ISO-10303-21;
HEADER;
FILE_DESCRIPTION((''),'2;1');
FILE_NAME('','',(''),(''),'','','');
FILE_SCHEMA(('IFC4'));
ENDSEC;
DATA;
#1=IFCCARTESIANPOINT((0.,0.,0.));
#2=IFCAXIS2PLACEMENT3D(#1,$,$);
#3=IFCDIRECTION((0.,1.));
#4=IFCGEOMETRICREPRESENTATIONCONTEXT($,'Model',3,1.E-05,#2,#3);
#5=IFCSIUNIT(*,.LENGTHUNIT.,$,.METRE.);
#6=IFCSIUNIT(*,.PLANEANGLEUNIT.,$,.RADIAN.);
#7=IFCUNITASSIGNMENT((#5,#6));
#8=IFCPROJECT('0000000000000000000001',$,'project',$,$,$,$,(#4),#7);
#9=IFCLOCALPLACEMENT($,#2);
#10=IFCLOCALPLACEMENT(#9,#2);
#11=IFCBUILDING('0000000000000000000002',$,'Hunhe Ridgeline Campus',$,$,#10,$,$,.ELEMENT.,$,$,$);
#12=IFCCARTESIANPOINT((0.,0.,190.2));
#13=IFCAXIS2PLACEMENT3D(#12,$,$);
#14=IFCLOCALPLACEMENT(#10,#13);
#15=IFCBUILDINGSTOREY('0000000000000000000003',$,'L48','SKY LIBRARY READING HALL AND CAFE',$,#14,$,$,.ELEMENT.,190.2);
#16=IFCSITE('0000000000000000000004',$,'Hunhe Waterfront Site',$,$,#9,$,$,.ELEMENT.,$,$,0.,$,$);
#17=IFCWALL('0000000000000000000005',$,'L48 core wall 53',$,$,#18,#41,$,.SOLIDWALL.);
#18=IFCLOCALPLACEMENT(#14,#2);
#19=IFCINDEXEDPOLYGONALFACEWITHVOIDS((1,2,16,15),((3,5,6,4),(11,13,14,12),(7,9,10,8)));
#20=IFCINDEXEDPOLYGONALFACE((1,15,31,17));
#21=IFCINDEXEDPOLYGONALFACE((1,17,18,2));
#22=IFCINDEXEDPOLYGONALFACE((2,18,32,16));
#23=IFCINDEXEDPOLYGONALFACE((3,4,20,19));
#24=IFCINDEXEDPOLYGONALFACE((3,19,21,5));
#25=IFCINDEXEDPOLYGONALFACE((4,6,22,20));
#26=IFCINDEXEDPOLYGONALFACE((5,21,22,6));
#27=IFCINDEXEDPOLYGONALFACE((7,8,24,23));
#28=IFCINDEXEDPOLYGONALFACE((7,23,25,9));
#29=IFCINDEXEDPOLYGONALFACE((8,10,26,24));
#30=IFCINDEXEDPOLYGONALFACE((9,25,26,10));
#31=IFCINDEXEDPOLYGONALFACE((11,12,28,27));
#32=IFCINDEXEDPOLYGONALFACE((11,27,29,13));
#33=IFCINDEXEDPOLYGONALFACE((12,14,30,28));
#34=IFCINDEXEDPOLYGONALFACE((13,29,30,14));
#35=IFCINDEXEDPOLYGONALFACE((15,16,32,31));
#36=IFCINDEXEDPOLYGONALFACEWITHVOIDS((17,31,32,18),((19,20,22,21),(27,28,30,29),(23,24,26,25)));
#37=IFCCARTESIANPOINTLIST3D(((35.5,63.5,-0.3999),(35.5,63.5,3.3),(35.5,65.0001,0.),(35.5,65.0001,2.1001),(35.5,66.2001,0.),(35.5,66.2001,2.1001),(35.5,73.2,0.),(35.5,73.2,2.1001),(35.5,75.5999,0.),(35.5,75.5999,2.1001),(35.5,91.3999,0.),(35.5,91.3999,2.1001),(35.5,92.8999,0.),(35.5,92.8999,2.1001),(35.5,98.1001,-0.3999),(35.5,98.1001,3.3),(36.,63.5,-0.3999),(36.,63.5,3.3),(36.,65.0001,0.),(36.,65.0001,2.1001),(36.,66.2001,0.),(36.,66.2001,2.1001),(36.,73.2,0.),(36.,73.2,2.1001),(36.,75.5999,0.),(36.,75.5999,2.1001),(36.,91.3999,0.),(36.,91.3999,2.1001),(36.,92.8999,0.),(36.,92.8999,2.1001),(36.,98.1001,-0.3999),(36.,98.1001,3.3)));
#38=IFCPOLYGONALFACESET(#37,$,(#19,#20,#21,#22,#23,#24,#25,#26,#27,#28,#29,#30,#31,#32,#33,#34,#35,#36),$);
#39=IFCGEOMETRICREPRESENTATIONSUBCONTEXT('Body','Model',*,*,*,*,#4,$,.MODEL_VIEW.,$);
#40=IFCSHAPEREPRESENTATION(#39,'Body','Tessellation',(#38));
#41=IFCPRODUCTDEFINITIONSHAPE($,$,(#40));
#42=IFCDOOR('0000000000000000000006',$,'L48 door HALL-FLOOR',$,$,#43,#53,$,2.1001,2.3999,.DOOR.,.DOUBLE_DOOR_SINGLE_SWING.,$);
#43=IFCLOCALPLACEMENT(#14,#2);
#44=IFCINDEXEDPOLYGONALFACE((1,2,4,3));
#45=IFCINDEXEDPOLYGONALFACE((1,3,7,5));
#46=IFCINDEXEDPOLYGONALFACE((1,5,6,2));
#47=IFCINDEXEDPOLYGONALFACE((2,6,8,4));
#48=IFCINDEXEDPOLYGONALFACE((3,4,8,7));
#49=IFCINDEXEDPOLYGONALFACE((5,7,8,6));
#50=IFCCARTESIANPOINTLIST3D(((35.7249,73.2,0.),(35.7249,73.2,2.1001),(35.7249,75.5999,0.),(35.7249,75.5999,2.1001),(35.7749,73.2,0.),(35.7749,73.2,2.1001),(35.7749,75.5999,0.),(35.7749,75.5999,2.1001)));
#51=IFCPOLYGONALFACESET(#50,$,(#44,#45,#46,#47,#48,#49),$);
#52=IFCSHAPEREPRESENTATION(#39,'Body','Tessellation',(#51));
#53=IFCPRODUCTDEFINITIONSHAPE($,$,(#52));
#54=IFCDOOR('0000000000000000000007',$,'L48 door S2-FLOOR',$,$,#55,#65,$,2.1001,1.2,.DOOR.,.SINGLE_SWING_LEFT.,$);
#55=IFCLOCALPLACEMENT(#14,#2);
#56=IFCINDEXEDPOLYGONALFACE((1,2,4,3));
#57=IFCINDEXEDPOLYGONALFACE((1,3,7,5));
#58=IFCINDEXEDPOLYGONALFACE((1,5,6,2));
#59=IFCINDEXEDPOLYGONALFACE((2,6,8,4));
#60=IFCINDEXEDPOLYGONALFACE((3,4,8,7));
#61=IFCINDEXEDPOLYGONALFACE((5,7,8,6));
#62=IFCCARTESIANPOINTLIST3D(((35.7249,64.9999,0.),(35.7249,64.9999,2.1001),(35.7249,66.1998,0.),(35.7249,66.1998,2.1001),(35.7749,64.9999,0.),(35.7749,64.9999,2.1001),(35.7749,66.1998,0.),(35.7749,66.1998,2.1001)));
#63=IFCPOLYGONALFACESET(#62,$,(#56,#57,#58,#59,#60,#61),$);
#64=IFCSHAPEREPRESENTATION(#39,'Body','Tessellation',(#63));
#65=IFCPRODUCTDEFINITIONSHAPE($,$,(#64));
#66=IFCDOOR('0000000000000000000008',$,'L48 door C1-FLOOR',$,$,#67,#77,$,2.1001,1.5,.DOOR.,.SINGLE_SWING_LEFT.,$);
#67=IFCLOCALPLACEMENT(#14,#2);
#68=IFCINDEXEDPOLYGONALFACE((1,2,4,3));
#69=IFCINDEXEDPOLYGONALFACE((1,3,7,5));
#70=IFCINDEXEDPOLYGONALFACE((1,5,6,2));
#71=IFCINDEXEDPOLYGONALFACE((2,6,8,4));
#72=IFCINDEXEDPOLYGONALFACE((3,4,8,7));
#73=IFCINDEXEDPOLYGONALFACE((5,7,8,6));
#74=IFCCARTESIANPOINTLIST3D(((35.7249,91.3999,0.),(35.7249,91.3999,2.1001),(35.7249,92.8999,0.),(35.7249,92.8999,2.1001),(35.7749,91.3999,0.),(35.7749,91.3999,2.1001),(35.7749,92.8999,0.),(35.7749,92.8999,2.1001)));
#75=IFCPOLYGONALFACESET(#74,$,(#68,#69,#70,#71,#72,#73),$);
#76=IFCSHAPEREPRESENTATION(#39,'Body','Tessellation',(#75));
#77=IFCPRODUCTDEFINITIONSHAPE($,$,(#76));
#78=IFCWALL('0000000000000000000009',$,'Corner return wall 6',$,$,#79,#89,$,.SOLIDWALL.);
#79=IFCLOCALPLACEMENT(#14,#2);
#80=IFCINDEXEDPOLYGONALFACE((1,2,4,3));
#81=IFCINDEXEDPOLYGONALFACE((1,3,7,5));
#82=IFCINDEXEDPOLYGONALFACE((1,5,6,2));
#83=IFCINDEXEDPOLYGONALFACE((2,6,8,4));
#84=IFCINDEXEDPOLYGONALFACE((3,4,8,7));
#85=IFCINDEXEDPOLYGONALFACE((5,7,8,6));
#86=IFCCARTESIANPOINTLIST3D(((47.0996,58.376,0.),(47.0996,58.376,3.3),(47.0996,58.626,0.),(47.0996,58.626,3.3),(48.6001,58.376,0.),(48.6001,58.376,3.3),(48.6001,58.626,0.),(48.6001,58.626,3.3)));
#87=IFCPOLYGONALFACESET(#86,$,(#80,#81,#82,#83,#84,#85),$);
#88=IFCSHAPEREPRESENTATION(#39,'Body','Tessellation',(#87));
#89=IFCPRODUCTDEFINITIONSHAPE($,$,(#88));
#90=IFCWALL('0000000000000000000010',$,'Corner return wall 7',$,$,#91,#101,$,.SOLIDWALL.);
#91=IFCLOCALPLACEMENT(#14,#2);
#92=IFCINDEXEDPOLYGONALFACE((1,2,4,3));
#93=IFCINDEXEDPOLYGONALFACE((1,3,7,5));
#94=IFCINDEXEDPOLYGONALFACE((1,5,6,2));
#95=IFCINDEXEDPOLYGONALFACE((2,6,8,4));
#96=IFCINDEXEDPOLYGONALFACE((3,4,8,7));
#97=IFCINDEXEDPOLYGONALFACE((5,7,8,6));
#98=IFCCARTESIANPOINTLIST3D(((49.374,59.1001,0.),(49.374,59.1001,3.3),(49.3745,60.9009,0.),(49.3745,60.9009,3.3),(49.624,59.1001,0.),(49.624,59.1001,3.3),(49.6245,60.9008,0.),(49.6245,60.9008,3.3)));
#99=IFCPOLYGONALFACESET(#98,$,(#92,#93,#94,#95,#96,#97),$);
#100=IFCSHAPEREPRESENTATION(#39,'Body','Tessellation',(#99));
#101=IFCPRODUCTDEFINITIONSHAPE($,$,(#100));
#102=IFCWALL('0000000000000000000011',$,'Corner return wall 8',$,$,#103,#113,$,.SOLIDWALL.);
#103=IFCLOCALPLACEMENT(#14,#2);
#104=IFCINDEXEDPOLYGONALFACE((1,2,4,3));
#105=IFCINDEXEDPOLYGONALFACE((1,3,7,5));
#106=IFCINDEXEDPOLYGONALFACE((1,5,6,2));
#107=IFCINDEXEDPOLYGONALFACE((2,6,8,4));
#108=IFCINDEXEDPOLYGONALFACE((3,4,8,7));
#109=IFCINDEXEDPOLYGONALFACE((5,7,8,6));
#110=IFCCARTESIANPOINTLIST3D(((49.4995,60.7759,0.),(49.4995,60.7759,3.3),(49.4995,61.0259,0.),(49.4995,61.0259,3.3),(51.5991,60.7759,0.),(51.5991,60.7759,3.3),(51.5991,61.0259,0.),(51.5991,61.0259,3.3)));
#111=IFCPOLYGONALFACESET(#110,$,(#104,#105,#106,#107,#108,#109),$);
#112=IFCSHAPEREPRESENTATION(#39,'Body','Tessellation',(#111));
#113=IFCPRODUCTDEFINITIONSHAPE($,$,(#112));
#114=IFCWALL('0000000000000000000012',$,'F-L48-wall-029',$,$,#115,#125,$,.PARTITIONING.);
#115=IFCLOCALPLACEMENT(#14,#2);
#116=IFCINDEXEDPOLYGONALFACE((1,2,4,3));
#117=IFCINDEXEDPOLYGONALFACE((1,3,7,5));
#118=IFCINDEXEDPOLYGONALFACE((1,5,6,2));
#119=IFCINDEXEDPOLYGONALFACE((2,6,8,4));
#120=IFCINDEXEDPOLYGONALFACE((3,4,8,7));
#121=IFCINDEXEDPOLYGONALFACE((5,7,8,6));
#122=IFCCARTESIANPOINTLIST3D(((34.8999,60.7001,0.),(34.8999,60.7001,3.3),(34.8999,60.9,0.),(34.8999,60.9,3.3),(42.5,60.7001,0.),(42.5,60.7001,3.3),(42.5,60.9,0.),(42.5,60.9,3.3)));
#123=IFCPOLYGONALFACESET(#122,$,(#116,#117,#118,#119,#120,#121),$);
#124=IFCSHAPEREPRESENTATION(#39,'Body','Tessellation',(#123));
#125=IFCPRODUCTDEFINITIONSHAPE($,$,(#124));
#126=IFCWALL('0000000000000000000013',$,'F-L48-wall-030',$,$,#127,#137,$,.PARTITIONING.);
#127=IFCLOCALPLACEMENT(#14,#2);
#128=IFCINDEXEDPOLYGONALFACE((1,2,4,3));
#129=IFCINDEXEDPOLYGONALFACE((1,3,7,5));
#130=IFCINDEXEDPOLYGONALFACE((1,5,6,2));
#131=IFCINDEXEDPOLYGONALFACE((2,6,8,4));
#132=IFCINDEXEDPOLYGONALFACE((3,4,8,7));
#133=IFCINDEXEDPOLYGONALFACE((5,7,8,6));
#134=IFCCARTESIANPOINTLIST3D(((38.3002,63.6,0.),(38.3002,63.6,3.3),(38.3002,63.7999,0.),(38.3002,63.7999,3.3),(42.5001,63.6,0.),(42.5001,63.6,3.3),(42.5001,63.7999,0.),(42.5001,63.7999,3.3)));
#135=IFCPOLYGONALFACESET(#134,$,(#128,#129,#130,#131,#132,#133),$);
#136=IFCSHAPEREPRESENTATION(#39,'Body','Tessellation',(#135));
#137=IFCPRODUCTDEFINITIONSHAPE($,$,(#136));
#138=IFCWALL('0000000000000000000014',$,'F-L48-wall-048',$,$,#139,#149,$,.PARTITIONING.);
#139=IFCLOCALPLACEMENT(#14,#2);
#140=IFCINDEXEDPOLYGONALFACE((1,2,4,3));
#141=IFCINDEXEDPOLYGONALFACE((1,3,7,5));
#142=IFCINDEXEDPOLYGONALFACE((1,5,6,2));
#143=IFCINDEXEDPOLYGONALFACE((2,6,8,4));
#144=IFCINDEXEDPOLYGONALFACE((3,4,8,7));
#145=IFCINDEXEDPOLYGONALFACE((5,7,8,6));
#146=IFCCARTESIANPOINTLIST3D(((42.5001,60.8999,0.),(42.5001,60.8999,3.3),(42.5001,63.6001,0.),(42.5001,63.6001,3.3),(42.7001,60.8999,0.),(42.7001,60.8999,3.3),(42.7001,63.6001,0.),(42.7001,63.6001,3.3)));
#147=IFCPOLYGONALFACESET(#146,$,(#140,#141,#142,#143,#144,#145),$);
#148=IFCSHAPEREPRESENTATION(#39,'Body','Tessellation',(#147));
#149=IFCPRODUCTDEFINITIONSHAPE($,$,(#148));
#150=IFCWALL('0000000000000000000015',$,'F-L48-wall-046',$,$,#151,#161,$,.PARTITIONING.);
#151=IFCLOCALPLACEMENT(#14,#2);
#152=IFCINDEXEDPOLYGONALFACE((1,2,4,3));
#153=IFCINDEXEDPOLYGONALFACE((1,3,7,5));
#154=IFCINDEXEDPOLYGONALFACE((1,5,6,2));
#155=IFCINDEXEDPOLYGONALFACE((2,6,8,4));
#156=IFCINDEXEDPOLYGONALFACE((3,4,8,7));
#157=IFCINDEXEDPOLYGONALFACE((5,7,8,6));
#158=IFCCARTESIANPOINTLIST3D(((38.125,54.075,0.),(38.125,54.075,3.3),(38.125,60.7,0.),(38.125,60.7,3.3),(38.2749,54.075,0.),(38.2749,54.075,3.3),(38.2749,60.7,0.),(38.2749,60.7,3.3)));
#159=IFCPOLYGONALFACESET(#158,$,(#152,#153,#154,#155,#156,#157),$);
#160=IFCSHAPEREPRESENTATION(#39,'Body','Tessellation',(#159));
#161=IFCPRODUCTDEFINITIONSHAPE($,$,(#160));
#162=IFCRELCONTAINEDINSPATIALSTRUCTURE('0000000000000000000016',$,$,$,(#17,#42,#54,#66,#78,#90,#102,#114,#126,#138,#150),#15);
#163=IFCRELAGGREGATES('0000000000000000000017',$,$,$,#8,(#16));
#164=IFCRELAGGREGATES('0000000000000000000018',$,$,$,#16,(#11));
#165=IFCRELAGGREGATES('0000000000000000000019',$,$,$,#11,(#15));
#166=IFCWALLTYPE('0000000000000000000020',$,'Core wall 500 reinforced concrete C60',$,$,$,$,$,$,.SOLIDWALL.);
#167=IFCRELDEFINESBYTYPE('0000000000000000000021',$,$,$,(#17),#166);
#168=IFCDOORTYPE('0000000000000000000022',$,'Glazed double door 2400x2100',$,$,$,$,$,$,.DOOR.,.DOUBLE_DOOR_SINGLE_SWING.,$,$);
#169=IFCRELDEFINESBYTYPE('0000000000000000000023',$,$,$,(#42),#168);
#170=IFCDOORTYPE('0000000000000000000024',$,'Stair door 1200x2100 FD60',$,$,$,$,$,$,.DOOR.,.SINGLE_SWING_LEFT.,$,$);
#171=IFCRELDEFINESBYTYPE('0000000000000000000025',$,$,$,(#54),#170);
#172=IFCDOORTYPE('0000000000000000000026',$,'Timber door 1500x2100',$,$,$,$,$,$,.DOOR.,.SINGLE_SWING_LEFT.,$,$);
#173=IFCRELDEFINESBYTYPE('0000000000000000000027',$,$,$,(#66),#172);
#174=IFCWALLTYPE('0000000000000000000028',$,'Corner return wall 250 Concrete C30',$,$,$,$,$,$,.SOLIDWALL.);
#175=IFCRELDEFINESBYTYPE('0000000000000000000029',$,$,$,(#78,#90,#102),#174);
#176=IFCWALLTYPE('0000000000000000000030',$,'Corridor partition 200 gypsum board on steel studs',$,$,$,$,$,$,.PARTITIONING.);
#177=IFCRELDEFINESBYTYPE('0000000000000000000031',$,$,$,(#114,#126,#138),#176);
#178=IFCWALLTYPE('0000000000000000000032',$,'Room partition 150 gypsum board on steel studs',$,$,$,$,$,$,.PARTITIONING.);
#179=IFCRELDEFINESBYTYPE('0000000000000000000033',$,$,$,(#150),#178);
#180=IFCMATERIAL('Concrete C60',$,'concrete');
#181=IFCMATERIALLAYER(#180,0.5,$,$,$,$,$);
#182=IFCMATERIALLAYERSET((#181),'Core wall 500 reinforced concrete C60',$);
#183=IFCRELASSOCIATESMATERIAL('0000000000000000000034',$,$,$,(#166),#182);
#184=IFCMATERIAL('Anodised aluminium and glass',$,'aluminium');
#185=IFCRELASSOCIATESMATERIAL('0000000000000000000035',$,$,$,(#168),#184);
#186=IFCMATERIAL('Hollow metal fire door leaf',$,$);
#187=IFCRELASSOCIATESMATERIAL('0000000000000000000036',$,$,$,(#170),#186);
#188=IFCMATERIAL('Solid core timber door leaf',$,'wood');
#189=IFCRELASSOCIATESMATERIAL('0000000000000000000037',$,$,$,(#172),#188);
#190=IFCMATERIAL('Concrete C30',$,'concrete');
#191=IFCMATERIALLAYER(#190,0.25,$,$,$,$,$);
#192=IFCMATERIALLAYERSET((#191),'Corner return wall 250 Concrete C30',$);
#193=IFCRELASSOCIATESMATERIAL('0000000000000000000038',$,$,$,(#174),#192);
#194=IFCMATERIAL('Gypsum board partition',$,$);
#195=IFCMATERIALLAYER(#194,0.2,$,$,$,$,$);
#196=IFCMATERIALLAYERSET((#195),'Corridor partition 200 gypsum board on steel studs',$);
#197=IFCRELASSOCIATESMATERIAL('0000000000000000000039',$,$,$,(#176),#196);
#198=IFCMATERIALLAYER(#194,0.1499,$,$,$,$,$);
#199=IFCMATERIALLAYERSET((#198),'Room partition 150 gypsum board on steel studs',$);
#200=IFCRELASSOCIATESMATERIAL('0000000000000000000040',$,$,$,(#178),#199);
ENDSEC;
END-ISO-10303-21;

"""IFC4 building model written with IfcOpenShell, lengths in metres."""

from ifc_helpers import new_model, si_unit, direction, frame, frame_2d, origin, place, context, subcontext, project, spatial, rectangle, extrude, material, layer, layer_set, type_object, element, fill, save


model = new_model("IFC4")

# Units and contexts
model_context = context("Model", 3, precision=1e-05, world=origin(), true_north=direction((0.0, 1.0)))
body_context = subcontext(model_context, "Body", "Model", "MODEL_VIEW")
ifc_project = project(units=[si_unit("LENGTHUNIT", "METRE"), si_unit("PLANEANGLEUNIT", "RADIAN")], contexts=[model_context])

# Site, building, storey
site_placement = place(None, origin())
site = spatial("IfcSite", under=ifc_project, at=site_placement, Name="Hunhe Waterfront Site", CompositionType="ELEMENT", RefElevation=0.0)
building_placement = place(site_placement, origin())
building = spatial("IfcBuilding", under=site, at=building_placement, Name="Hunhe Ridgeline Campus", CompositionType="ELEMENT")
storey_placement = place(building_placement, frame((0.0, 0.0, 190.2)))
storey = spatial("IfcBuildingStorey", under=building, at=storey_placement, Name="L48", Description="SKY LIBRARY READING HALL AND CAFE", CompositionType="ELEMENT", Elevation=190.2)

# Shared definitions
ifc_material_1 = material(Name="Concrete C60", Category="concrete")

# Wall, openings, doors
ifc_layer_1 = layer(ifc_material_1, 0.5)
ifc_layer_set_1 = layer_set([ifc_layer_1], Name="Core wall 500 reinforced concrete C60")
wall_type_1 = type_object("IfcWallType", Name="Core wall 500 reinforced concrete C60", PredefinedType="SOLIDWALL", material=ifc_layer_set_1)
wall_1_placement = place(storey_placement, frame((35.75, 63.5, -0.3999), z_axis=(0.0, 0.0, 1.0), x_axis=(0.0, 1.0, 0.0)))
wall_1 = element("IfcWall", 1, at=wall_1_placement, inside=storey, type_object=wall_type_1, Name="L48 core wall 53", PredefinedType="SOLIDWALL", context=body_context, shape_type="SweptSolid", body=[
    extrude(rectangle(XDim=34.6001, YDim=0.5, at=frame_2d((17.3, 0.0))), origin(), (0.0, 0.0, 1.0), 3.7),
])
opening_1_placement = place(wall_1_placement, frame((9.7, 0.0, 0.3999)))
opening_1 = element("IfcOpeningElement", 2, at=opening_1_placement, cuts=wall_1, PredefinedType="OPENING", context=body_context, shape_type="SweptSolid", body=[
    extrude(rectangle(XDim=2.3999, YDim=2.1001, at=frame_2d((1.2, 1.05))), frame((0.0, 0.25, 0.0), z_axis=(0.0, -1.0, 0.0), x_axis=(1.0, 0.0, 0.0)), (0.0, 0.0, 1.0), 0.5),
])
opening_2_placement = place(wall_1_placement, frame((27.8999, 0.0, 0.3999)))
opening_2 = element("IfcOpeningElement", 3, at=opening_2_placement, cuts=wall_1, PredefinedType="OPENING", context=body_context, shape_type="SweptSolid", body=[
    extrude(rectangle(XDim=1.5, YDim=2.1001, at=frame_2d((0.75, 1.05))), frame((0.0, 0.25, 0.0), z_axis=(0.0, -1.0, 0.0), x_axis=(1.0, 0.0, 0.0)), (0.0, 0.0, 1.0), 0.5),
])
opening_3_placement = place(wall_1_placement, frame((1.5, 0.0, 0.3999)))
opening_3 = element("IfcOpeningElement", 4, at=opening_3_placement, cuts=wall_1, PredefinedType="OPENING", context=body_context, shape_type="SweptSolid", body=[
    extrude(rectangle(XDim=1.2, YDim=2.1001, at=frame_2d((0.6001, 1.05))), frame((0.0, 0.25, 0.0), z_axis=(0.0, -1.0, 0.0), x_axis=(1.0, 0.0, 0.0)), (0.0, 0.0, 1.0), 0.5),
])
ifc_material_2 = material(Name="Anodised aluminium and glass", Category="aluminium")
door_type_1 = type_object("IfcDoorType", Name="Glazed double door 2400x2100", OperationType="DOUBLE_DOOR_SINGLE_SWING", PredefinedType="DOOR", material=ifc_material_2)
door_1_placement = place(opening_1_placement, frame((2.3999, 0.0, 0.0), z_axis=(0.0, 0.0, 1.0), x_axis=(-1.0, 0.0, 0.0)))
door_1 = element("IfcDoor", 5, at=door_1_placement, inside=storey, type_object=door_type_1, Name="L48 door HALL-FLOOR", OperationType="DOUBLE_DOOR_SINGLE_SWING", OverallHeight=2.1001, OverallWidth=2.3999, PredefinedType="DOOR", context=body_context, shape_type="SweptSolid", body=[
    extrude(rectangle(XDim=2.3999, YDim=2.1001, at=frame_2d((1.2, 1.05))), frame((0.0, 0.0249, 0.0), z_axis=(0.0, -1.0, 0.0), x_axis=(1.0, 0.0, 0.0)), (0.0, 0.0, 1.0), 0.05),
])
fill(opening_1, door_1)
ifc_material_3 = material(Name="Hollow metal fire door leaf")
door_type_2 = type_object("IfcDoorType", Name="Stair door 1200x2100 FD60", OperationType="SINGLE_SWING_LEFT", PredefinedType="DOOR", material=ifc_material_3)
door_2_placement = place(opening_3_placement, frame((1.2, 0.0, 0.0), z_axis=(0.0, 0.0, 1.0), x_axis=(-1.0, 0.0, 0.0)))
door_2 = element("IfcDoor", 6, at=door_2_placement, inside=storey, type_object=door_type_2, Name="L48 door S2-FLOOR", OperationType="SINGLE_SWING_LEFT", OverallHeight=2.1001, OverallWidth=1.2, PredefinedType="DOOR", context=body_context, shape_type="SweptSolid", body=[
    extrude(rectangle(XDim=1.2, YDim=2.1001, at=frame_2d((0.6001, 1.05))), frame((0.0, 0.0249, 0.0), z_axis=(0.0, -1.0, 0.0), x_axis=(1.0, 0.0, 0.0)), (0.0, 0.0, 1.0), 0.05),
])
fill(opening_3, door_2)
ifc_material_4 = material(Name="Solid core timber door leaf", Category="wood")
door_type_3 = type_object("IfcDoorType", Name="Timber door 1500x2100", OperationType="SINGLE_SWING_LEFT", PredefinedType="DOOR", material=ifc_material_4)
door_3_placement = place(opening_2_placement, frame((1.5, 0.0, 0.0), z_axis=(0.0, 0.0, 1.0), x_axis=(-1.0, 0.0, 0.0)))
door_3 = element("IfcDoor", 7, at=door_3_placement, inside=storey, type_object=door_type_3, Name="L48 door C1-FLOOR", OperationType="SINGLE_SWING_LEFT", OverallHeight=2.1001, OverallWidth=1.5, PredefinedType="DOOR", context=body_context, shape_type="SweptSolid", body=[
    extrude(rectangle(XDim=1.5, YDim=2.1001, at=frame_2d((0.75, 1.05))), frame((0.0, 0.0249, 0.0), z_axis=(0.0, -1.0, 0.0), x_axis=(1.0, 0.0, 0.0)), (0.0, 0.0, 1.0), 0.05),
])
fill(opening_2, door_3)

# Walls
ifc_material_5 = material(Name="Concrete C30", Category="concrete")
ifc_layer_2 = layer(ifc_material_5, 0.25)
ifc_layer_set_2 = layer_set([ifc_layer_2], Name="Corner return wall 250 Concrete C30")
wall_type_2 = type_object("IfcWallType", Name="Corner return wall 250 Concrete C30", PredefinedType="SOLIDWALL", material=ifc_layer_set_2)
wall_2_placement = place(storey_placement, frame((47.0996, 58.501, 0.0), z_axis=(0.0, 0.0, 1.0), x_axis=(1.0, 0.0, 0.0)))
element("IfcWall", 8, at=wall_2_placement, inside=storey, type_object=wall_type_2, Name="Corner return wall 6", PredefinedType="SOLIDWALL", context=body_context, shape_type="SweptSolid", body=[
    extrude(rectangle(XDim=1.5005, YDim=0.25, at=frame_2d((0.7502, 0.0))), origin(), (0.0, 0.0, 1.0), 3.3),
])
wall_3_placement = place(storey_placement, frame((49.499, 59.1001, 0.0), z_axis=(0.0, 0.0, 1.0), x_axis=(0.000271, 1.0, 0.0)))
element("IfcWall", 9, at=wall_3_placement, inside=storey, type_object=wall_type_2, Name="Corner return wall 7", PredefinedType="SOLIDWALL", context=body_context, shape_type="SweptSolid", body=[
    extrude(rectangle(XDim=1.8008, YDim=0.25, at=frame_2d((0.9004, 0.0))), origin(), (0.0, 0.0, 1.0), 3.3),
])
wall_4_placement = place(storey_placement, frame((49.4995, 60.9009, 0.0), z_axis=(0.0, 0.0, 1.0), x_axis=(1.0, 0.0, 0.0)))
element("IfcWall", 10, at=wall_4_placement, inside=storey, type_object=wall_type_2, Name="Corner return wall 8", PredefinedType="SOLIDWALL", context=body_context, shape_type="SweptSolid", body=[
    extrude(rectangle(XDim=2.0996, YDim=0.25, at=frame_2d((1.0498, 0.0))), origin(), (0.0, 0.0, 1.0), 3.3),
])
ifc_material_6 = material(Name="Gypsum board partition")
ifc_layer_3 = layer(ifc_material_6, 0.2)
ifc_layer_set_3 = layer_set([ifc_layer_3], Name="Corridor partition 200 gypsum board on steel studs")
wall_type_3 = type_object("IfcWallType", Name="Corridor partition 200 gypsum board on steel studs", PredefinedType="PARTITIONING", material=ifc_layer_set_3)
wall_5_placement = place(storey_placement, frame((42.5, 60.8, 0.0), z_axis=(0.0, 0.0, 1.0), x_axis=(-1.0, 0.0, 0.0)))
element("IfcWall", 11, at=wall_5_placement, inside=storey, type_object=wall_type_3, Name="F-L48-wall-029", PredefinedType="PARTITIONING", context=body_context, shape_type="SweptSolid", body=[
    extrude(rectangle(XDim=7.6001, YDim=0.2, at=frame_2d((3.8, 0.0))), origin(), (0.0, 0.0, 1.0), 3.3),
])
wall_6_placement = place(storey_placement, frame((38.3, 63.7, 0.0), z_axis=(0.0, 0.0, 1.0), x_axis=(1.0, 0.0, 0.0)))
element("IfcWall", 12, at=wall_6_placement, inside=storey, type_object=wall_type_3, Name="F-L48-wall-030", PredefinedType="PARTITIONING", context=body_context, shape_type="SweptSolid", body=[
    extrude(rectangle(XDim=4.2, YDim=0.2, at=frame_2d((2.1001, 0.0))), origin(), (0.0, 0.0, 1.0), 3.3),
])

# Walls
wall_7_placement = place(storey_placement, frame((42.6001, 63.6001, 0.0), z_axis=(0.0, 0.0, 1.0), x_axis=(0.0, -1.0, 0.0)))
element("IfcWall", 13, at=wall_7_placement, inside=storey, type_object=wall_type_3, Name="F-L48-wall-048", PredefinedType="PARTITIONING", context=body_context, shape_type="SweptSolid", body=[
    extrude(rectangle(XDim=2.7002, YDim=0.2, at=frame_2d((1.3501, 0.0))), origin(), (0.0, 0.0, 1.0), 3.3),
])
ifc_layer_4 = layer(ifc_material_6, 0.1499)
ifc_layer_set_4 = layer_set([ifc_layer_4], Name="Room partition 150 gypsum board on steel studs")
wall_type_4 = type_object("IfcWallType", Name="Room partition 150 gypsum board on steel studs", PredefinedType="PARTITIONING", material=ifc_layer_set_4)
wall_8_placement = place(storey_placement, frame((38.2, 60.7, 0.0), z_axis=(0.0, 0.0, 1.0), x_axis=(0.0, -1.0, 0.0)))
element("IfcWall", 14, at=wall_8_placement, inside=storey, type_object=wall_type_4, Name="F-L48-wall-046", PredefinedType="PARTITIONING", context=body_context, shape_type="SweptSolid", body=[
    extrude(rectangle(XDim=6.625, YDim=0.1499, at=frame_2d((3.3125, 0.0))), origin(), (0.0, 0.0, 1.0), 3.3),
])

save(model, "model.ifc")
